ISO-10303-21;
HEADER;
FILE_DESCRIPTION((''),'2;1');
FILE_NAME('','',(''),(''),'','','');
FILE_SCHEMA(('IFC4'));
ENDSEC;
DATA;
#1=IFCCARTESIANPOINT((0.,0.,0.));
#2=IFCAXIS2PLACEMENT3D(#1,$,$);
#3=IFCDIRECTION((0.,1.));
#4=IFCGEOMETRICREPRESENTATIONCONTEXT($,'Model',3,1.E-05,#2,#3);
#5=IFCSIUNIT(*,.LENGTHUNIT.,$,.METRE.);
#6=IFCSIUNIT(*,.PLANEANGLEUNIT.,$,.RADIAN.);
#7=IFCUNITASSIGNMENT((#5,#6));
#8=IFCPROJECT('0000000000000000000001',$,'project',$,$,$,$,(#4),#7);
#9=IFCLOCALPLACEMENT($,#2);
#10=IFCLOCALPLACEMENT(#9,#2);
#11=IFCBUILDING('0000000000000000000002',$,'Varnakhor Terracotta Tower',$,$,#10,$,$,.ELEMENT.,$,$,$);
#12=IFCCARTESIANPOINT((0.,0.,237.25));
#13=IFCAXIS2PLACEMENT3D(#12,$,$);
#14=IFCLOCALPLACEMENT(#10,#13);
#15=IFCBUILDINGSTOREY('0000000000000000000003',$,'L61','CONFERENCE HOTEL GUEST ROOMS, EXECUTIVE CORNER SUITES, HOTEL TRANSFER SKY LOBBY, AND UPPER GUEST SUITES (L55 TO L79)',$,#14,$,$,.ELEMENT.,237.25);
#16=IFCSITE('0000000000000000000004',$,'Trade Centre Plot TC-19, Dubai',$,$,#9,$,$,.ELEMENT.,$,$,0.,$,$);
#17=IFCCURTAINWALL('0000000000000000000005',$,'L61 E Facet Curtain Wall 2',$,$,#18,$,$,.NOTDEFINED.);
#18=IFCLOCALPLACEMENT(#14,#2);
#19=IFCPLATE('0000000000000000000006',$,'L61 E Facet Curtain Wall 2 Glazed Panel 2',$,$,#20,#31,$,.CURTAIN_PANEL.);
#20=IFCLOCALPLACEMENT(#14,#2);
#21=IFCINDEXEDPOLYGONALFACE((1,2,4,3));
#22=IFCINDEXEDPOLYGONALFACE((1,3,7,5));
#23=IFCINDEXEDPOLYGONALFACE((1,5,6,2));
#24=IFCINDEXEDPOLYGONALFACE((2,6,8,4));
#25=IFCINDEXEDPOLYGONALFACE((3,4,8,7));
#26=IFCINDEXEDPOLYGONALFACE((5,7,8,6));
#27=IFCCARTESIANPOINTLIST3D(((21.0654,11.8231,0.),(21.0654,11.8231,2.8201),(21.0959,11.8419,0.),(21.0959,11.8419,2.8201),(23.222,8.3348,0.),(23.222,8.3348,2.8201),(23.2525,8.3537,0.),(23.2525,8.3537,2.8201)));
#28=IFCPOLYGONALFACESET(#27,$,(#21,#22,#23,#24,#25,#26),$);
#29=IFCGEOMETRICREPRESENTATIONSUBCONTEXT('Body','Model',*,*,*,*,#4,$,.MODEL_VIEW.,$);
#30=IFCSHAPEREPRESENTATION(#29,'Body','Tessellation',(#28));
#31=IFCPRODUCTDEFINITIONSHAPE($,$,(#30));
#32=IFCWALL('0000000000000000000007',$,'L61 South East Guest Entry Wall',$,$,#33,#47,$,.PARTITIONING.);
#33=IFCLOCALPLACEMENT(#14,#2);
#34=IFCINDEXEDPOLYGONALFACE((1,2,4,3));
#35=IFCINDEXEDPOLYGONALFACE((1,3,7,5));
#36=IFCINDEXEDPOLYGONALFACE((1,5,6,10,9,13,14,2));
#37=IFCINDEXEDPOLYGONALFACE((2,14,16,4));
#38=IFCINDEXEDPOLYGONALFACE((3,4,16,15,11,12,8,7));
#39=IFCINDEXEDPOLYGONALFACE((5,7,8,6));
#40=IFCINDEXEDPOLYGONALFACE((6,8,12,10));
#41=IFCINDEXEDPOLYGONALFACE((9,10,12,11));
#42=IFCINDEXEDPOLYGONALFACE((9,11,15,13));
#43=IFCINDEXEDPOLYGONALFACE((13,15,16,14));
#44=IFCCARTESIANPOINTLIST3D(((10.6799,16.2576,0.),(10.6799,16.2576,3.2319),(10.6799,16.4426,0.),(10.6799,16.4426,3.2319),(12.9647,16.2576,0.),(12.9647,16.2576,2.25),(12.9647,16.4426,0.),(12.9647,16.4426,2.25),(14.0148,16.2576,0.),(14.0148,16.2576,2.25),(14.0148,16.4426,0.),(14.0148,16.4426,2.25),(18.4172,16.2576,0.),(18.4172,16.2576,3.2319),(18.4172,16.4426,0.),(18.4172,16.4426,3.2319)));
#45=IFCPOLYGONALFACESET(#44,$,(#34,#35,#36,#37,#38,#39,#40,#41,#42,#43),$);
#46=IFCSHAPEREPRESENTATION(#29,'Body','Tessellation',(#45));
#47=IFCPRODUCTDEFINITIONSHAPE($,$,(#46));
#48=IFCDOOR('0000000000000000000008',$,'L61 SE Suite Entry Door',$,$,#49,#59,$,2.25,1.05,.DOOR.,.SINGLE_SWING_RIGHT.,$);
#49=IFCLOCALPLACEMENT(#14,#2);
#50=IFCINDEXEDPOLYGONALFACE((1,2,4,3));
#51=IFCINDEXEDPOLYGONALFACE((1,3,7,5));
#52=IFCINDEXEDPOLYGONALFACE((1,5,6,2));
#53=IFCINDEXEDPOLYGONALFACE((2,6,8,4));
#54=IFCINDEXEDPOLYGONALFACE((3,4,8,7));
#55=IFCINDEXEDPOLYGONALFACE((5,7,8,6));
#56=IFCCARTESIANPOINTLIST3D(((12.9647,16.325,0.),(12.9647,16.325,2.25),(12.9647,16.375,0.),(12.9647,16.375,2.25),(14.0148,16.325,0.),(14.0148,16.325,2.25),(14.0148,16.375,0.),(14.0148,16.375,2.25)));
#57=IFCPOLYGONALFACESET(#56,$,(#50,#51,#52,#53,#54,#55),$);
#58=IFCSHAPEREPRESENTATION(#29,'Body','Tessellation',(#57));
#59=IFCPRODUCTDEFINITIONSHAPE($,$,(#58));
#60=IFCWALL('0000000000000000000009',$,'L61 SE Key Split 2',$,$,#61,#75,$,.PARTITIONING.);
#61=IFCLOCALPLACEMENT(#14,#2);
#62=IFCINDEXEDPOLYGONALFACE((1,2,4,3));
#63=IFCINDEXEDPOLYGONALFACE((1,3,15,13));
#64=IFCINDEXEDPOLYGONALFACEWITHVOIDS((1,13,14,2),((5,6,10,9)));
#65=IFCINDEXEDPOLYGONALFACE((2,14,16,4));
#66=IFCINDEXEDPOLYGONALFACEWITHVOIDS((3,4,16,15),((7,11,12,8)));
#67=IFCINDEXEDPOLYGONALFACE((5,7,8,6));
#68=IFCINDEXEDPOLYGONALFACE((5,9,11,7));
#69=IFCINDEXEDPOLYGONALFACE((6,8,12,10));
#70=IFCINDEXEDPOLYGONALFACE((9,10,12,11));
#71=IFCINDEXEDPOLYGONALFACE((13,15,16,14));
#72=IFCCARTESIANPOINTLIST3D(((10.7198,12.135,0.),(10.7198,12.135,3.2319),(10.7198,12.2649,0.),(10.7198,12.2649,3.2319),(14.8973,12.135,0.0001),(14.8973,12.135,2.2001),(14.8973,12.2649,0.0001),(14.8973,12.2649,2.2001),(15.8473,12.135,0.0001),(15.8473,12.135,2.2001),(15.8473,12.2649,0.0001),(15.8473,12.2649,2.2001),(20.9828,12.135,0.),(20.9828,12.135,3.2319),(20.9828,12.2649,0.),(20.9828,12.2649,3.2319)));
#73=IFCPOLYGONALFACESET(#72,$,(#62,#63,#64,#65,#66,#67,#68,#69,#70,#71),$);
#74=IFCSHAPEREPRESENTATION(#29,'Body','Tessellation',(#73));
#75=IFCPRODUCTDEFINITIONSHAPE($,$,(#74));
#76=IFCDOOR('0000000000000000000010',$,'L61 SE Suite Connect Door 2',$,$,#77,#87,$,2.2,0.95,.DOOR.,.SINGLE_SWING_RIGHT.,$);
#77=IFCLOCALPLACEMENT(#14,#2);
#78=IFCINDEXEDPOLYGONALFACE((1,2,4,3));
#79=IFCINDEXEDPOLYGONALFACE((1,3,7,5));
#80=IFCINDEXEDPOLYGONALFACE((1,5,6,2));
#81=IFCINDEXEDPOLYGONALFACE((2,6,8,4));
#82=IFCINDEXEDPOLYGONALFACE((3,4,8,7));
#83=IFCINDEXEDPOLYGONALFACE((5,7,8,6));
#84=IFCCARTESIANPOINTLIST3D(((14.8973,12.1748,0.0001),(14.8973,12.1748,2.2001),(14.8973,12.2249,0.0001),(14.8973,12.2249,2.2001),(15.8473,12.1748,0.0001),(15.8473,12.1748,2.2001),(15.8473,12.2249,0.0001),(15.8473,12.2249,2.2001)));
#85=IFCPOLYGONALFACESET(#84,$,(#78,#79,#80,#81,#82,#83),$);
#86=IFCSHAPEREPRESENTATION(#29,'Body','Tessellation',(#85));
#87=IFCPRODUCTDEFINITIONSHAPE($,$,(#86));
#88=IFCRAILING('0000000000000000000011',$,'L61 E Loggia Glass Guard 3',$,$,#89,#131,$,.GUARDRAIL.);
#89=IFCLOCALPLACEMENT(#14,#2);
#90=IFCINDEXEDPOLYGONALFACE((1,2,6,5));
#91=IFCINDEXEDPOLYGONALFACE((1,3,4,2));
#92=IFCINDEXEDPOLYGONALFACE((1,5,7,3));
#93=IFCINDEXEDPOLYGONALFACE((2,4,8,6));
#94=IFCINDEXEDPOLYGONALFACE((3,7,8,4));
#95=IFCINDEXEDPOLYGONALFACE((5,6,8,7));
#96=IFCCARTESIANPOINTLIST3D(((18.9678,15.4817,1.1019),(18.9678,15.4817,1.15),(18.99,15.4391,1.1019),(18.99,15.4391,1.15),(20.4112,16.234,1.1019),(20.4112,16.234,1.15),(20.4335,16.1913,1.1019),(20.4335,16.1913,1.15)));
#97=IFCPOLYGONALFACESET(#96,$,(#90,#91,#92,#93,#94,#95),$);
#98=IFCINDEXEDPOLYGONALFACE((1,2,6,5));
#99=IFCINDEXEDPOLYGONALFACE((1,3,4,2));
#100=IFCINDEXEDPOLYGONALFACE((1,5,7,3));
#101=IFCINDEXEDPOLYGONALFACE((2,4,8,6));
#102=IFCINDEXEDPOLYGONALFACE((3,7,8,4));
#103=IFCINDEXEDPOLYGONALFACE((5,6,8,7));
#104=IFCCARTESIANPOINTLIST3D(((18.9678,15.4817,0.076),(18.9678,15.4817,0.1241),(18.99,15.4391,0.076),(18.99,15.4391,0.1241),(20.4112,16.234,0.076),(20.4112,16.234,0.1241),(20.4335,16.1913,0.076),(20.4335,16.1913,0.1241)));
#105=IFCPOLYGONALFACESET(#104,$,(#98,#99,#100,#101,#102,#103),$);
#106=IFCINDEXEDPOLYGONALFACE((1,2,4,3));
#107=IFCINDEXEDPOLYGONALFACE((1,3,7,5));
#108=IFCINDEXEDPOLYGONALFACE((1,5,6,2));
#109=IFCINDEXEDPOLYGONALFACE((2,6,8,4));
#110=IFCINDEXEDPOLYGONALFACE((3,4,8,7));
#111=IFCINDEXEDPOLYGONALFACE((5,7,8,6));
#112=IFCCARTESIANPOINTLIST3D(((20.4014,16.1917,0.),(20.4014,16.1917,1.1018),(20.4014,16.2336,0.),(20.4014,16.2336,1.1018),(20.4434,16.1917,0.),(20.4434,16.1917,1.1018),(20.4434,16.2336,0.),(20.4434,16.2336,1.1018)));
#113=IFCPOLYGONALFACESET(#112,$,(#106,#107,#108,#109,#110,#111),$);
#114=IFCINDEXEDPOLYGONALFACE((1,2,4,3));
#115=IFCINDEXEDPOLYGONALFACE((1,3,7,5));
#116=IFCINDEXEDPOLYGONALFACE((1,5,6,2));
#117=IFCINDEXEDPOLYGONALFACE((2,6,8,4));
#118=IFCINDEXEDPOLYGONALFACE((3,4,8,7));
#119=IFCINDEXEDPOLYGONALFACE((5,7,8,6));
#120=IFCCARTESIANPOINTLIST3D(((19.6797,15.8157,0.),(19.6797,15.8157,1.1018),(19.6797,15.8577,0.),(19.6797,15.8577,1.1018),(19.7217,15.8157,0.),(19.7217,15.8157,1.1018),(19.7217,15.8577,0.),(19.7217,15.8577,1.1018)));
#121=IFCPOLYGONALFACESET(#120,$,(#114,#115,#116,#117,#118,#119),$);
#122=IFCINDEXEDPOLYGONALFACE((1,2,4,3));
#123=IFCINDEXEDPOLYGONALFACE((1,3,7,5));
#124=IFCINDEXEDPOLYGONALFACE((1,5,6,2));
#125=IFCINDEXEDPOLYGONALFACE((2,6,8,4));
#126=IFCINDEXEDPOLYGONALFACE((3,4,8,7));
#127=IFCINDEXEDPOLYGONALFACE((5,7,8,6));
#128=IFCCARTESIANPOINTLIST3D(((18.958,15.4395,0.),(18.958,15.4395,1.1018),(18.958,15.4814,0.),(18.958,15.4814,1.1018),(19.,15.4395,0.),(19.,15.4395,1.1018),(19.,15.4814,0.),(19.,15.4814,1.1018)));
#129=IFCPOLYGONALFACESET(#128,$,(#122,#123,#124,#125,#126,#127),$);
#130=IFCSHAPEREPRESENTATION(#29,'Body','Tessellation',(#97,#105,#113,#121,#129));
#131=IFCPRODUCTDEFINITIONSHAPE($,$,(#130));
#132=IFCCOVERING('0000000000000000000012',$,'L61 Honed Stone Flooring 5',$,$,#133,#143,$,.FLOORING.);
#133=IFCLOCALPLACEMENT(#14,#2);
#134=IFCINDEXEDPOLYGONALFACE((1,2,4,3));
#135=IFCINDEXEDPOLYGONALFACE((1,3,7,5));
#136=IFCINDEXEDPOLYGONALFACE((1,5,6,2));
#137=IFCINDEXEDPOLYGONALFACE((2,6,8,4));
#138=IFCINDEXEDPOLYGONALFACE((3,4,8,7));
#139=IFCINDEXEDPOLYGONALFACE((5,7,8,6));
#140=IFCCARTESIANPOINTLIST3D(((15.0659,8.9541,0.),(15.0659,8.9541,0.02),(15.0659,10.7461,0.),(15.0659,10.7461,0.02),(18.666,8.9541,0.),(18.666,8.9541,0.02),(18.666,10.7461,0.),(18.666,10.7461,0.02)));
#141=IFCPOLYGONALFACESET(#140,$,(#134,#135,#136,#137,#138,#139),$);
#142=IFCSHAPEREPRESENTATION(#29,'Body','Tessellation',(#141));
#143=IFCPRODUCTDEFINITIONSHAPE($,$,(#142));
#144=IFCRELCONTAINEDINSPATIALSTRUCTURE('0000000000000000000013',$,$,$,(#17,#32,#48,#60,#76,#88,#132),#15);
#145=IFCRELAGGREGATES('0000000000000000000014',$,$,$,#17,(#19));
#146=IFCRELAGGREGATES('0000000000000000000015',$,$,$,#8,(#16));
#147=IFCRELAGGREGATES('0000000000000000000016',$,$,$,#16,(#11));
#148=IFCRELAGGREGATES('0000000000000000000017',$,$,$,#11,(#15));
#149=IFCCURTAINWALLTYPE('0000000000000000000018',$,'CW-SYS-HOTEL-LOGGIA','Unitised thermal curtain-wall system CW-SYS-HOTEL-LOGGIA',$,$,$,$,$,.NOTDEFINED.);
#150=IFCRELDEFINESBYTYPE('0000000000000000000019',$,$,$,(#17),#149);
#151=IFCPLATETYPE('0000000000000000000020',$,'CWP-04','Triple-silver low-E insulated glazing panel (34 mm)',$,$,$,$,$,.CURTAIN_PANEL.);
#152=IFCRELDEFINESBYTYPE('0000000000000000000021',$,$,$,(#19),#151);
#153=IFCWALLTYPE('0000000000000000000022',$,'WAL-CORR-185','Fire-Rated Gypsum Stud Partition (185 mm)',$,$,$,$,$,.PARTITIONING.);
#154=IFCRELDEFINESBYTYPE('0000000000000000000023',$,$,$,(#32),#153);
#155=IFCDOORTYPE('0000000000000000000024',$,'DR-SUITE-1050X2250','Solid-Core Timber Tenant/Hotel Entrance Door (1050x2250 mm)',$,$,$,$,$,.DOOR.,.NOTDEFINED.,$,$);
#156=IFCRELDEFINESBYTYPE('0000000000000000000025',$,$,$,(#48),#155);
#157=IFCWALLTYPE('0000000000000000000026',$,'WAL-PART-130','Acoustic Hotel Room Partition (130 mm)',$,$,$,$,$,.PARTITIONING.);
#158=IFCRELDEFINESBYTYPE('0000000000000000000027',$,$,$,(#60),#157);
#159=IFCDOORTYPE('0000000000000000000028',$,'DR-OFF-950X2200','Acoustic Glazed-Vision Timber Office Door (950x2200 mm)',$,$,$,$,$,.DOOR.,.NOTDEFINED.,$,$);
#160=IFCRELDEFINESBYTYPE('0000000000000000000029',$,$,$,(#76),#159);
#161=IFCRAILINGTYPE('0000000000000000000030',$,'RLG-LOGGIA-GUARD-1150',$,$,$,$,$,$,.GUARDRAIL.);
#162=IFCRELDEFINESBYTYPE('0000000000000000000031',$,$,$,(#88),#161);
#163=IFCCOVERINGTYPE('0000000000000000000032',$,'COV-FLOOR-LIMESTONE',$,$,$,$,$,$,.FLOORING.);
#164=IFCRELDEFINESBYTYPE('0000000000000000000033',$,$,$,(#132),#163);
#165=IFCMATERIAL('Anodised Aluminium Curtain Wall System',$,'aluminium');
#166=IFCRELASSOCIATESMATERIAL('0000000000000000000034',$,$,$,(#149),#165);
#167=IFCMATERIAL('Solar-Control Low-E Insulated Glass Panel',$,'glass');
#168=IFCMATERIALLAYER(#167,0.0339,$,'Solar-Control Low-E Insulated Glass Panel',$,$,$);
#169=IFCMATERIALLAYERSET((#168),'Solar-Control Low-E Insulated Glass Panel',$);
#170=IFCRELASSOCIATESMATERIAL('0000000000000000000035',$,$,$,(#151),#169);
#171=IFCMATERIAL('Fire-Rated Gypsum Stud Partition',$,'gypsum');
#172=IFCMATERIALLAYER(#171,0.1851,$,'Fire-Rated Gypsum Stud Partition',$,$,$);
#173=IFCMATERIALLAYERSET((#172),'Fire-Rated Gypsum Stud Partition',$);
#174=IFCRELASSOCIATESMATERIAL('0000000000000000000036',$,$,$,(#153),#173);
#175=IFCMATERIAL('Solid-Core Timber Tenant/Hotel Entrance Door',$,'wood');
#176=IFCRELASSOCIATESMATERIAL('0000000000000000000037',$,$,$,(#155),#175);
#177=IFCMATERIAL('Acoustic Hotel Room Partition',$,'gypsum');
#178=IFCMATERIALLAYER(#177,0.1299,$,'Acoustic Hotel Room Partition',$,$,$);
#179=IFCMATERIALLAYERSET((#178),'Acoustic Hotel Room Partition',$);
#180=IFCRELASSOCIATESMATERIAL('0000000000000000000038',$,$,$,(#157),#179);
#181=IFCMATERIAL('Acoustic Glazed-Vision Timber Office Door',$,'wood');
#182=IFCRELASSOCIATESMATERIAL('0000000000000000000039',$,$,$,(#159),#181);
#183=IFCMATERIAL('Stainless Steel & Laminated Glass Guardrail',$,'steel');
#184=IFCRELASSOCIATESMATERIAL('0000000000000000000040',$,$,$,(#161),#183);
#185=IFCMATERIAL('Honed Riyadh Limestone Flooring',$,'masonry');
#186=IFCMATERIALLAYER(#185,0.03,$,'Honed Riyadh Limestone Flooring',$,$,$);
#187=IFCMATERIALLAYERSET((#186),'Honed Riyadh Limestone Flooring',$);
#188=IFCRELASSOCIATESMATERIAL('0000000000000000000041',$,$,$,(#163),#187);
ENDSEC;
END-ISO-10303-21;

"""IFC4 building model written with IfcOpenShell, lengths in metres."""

from ifc_helpers import new_model, si_unit, direction, frame, frame_2d, origin, origin_2d, place, context, subcontext, project, spatial, rectangle, extrude, source, transform, mapped, material, layer, layer_set, type_object, type_shapes, element, fill, aggregate, save


model = new_model("IFC4")

# Units and contexts
model_context = context("Model", 3, precision=1e-05, world=origin(), true_north=direction((0.0, 1.0)))
body_context = subcontext(model_context, "Body", "Model", "MODEL_VIEW")
ifc_project = project(units=[si_unit("LENGTHUNIT", "METRE"), si_unit("PLANEANGLEUNIT", "RADIAN")], contexts=[model_context])

# Site, building, storey
site_placement = place(None, origin())
site = spatial("IfcSite", under=ifc_project, at=site_placement, Name="Trade Centre Plot TC-19, Dubai", CompositionType="ELEMENT", RefElevation=0.0)
building_placement = place(site_placement, origin())
building = spatial("IfcBuilding", under=site, at=building_placement, Name="Varnakhor Terracotta Tower", CompositionType="ELEMENT")
storey_placement = place(building_placement, frame((0.0, 0.0, 237.25)))
storey = spatial("IfcBuildingStorey", under=building, at=storey_placement, Name="L61", Description="CONFERENCE HOTEL GUEST ROOMS, EXECUTIVE CORNER SUITES, HOTEL TRANSFER SKY LOBBY, AND UPPER GUEST SUITES (L55 TO L79)", CompositionType="ELEMENT", Elevation=237.25)

# Curtain wall
ifc_material_1 = material(Name="Anodised Aluminium Curtain Wall System", Category="aluminium")
curtain_wall_type = type_object("IfcCurtainWallType", Name="CW-SYS-HOTEL-LOGGIA", Description="Unitised thermal curtain-wall system CW-SYS-HOTEL-LOGGIA", PredefinedType="NOTDEFINED", material=ifc_material_1)
curtain_wall_placement = place(storey_placement, origin())
curtain_wall = element("IfcCurtainWall", 1, at=curtain_wall_placement, inside=storey, type_object=curtain_wall_type, Name="L61 E Facet Curtain Wall 2", PredefinedType="NOTDEFINED")

# Plate
ifc_material_2 = material(Name="Solar-Control Low-E Insulated Glass Panel", Category="glass")
ifc_layer_1 = layer(ifc_material_2, 0.0339, Name="Solar-Control Low-E Insulated Glass Panel")
ifc_layer_set_1 = layer_set([ifc_layer_1], Name="Solar-Control Low-E Insulated Glass Panel")
plate_type = type_object("IfcPlateType", Name="CWP-04", Description="Triple-silver low-E insulated glazing panel (34 mm)", PredefinedType="CURTAIN_PANEL", material=ifc_layer_set_1)
shared_shape_1 = source(origin(), body_context, "Body", "SweptSolid", [
    extrude(rectangle(XDim=4.1011, YDim=0.0359, at=origin_2d()), origin(), (0.0, 0.0, 1.0), 2.8201),
])
plate_1_placement = place(storey_placement, frame((22.1589, 10.0884, 0.0), z_axis=(0.0, 0.0, 1.0), x_axis=(0.525858, -0.850573, 0.0)))
plate_1 = element("IfcPlate", 2, at=plate_1_placement, type_object=plate_type, Name="L61 E Facet Curtain Wall 2 Glazed Panel 2", PredefinedType="CURTAIN_PANEL", context=body_context, shape_type="MappedRepresentation", body=[
    mapped(shared_shape_1, transform((0.0, 0.0, 0.0), scale=1.0)),
])
aggregate(curtain_wall, [plate_1])

# Walls, openings, doors
ifc_material_3 = material(Name="Fire-Rated Gypsum Stud Partition", Category="gypsum")
ifc_layer_2 = layer(ifc_material_3, 0.1851, Name="Fire-Rated Gypsum Stud Partition")
ifc_layer_set_2 = layer_set([ifc_layer_2], Name="Fire-Rated Gypsum Stud Partition")
wall_type_1 = type_object("IfcWallType", Name="WAL-CORR-185", Description="Fire-Rated Gypsum Stud Partition (185 mm)", PredefinedType="PARTITIONING", material=ifc_layer_set_2)
wall_1_placement = place(storey_placement, frame((10.6799, 16.3501, 0.0), z_axis=(0.0, 0.0, 1.0), x_axis=(1.0, 0.0, 0.0)))
wall_1 = element("IfcWall", 3, at=wall_1_placement, inside=storey, type_object=wall_type_1, Name="L61 South East Guest Entry Wall", PredefinedType="PARTITIONING", context=body_context, shape_type="SweptSolid", body=[
    extrude(rectangle(XDim=7.7373, YDim=0.1851, at=frame_2d((3.8687, 0.0))), origin(), (0.0, 0.0, 1.0), 3.2319),
])
opening_1_placement = place(wall_1_placement, frame((2.2849, 0.0, 0.0)))
opening_1 = element("IfcOpeningElement", 4, at=opening_1_placement, cuts=wall_1, PredefinedType="OPENING", context=body_context, shape_type="SweptSolid", body=[
    extrude(rectangle(XDim=1.05, YDim=2.25, at=frame_2d((0.5249, 1.125))), frame((0.0, 0.1025, 0.0), z_axis=(0.0, -1.0, 0.0), x_axis=(1.0, 0.0, 0.0)), (0.0, 0.0, 1.0), 0.2051),
])
ifc_material_4 = material(Name="Solid-Core Timber Tenant/Hotel Entrance Door", Category="wood")
door_type_1 = type_object("IfcDoorType", Name="DR-SUITE-1050X2250", Description="Solid-Core Timber Tenant/Hotel Entrance Door (1050x2250 mm)", OperationType="NOTDEFINED", PredefinedType="DOOR", material=ifc_material_4)
shared_shape_2 = source(origin(), body_context, "Body", "SweptSolid", [
    extrude(rectangle(XDim=1.05, YDim=2.25, at=frame_2d((0.5249, 1.125))), frame((0.0, 0.0249, 0.0), z_axis=(0.0, -1.0, 0.0), x_axis=(1.0, 0.0, 0.0)), (0.0, 0.0, 1.0), 0.05),
])
type_shapes(door_type_1, [shared_shape_2])
door_1_placement = place(opening_1_placement, origin())
door_1 = element("IfcDoor", 5, at=door_1_placement, inside=storey, type_object=door_type_1, Name="L61 SE Suite Entry Door", OperationType="SINGLE_SWING_RIGHT", OverallHeight=2.25, OverallWidth=1.05, PredefinedType="DOOR", context=body_context, shape_type="MappedRepresentation", body=[
    mapped(shared_shape_2, transform((0.0, 0.0, 0.0), scale=1.0)),
])
fill(opening_1, door_1)
ifc_material_5 = material(Name="Acoustic Hotel Room Partition", Category="gypsum")
ifc_layer_3 = layer(ifc_material_5, 0.1299, Name="Acoustic Hotel Room Partition")
ifc_layer_set_3 = layer_set([ifc_layer_3], Name="Acoustic Hotel Room Partition")
wall_type_2 = type_object("IfcWallType", Name="WAL-PART-130", Description="Acoustic Hotel Room Partition (130 mm)", PredefinedType="PARTITIONING", material=ifc_layer_set_3)
wall_2_placement = place(storey_placement, frame((10.72, 12.2, 0.0), z_axis=(0.0, 0.0, 1.0), x_axis=(1.0, 0.0, 0.0)))
wall_2 = element("IfcWall", 6, at=wall_2_placement, inside=storey, type_object=wall_type_2, Name="L61 SE Key Split 2", PredefinedType="PARTITIONING", context=body_context, shape_type="SweptSolid", body=[
    extrude(rectangle(XDim=10.2629, YDim=0.1299, at=frame_2d((5.1313, 0.0))), origin(), (0.0, 0.0, 1.0), 3.2319),
])
opening_2_placement = place(wall_2_placement, frame((4.1772, 0.0, 0.0)))
opening_2 = element("IfcOpeningElement", 7, at=opening_2_placement, cuts=wall_2, PredefinedType="OPENING", context=body_context, shape_type="SweptSolid", body=[
    extrude(rectangle(XDim=0.95, YDim=2.2, at=frame_2d((0.4751, 1.1001))), frame((0.0, 0.075, 0.0), z_axis=(0.0, -1.0, 0.0), x_axis=(1.0, 0.0, 0.0)), (0.0, 0.0, 1.0), 0.1499),
])
ifc_material_6 = material(Name="Acoustic Glazed-Vision Timber Office Door", Category="wood")
door_type_2 = type_object("IfcDoorType", Name="DR-OFF-950X2200", Description="Acoustic Glazed-Vision Timber Office Door (950x2200 mm)", OperationType="NOTDEFINED", PredefinedType="DOOR", material=ifc_material_6)
shared_shape_3 = source(origin(), body_context, "Body", "SweptSolid", [
    extrude(rectangle(XDim=0.95, YDim=2.2, at=frame_2d((0.4751, 1.1001))), frame((0.0, 0.0249, 0.0), z_axis=(0.0, -1.0, 0.0), x_axis=(1.0, 0.0, 0.0)), (0.0, 0.0, 1.0), 0.05),
])
type_shapes(door_type_2, [shared_shape_3])
door_2_placement = place(opening_2_placement, origin())
door_2 = element("IfcDoor", 8, at=door_2_placement, inside=storey, type_object=door_type_2, Name="L61 SE Suite Connect Door 2", OperationType="SINGLE_SWING_RIGHT", OverallHeight=2.2, OverallWidth=0.95, PredefinedType="DOOR", context=body_context, shape_type="MappedRepresentation", body=[
    mapped(shared_shape_3, transform((0.0, 0.0, 0.0), scale=1.0)),
])
fill(opening_2, door_2)

# Railing
ifc_material_7 = material(Name="Stainless Steel & Laminated Glass Guardrail", Category="steel")
railing_type = type_object("IfcRailingType", Name="RLG-LOGGIA-GUARD-1150", PredefinedType="GUARDRAIL", material=ifc_material_7)
railing_placement = place(storey_placement, frame((20.4224, 16.2126, 0.0)))
element("IfcRailing", 9, at=railing_placement, inside=storey, type_object=railing_type, Name="L61 E Loggia Glass Guard 3", PredefinedType="GUARDRAIL", context=body_context, shape_type="SweptSolid", body=[
    extrude(rectangle(XDim=0.0481, YDim=0.0481, at=origin_2d()), frame((0.0, 0.0, 1.126), z_axis=(-0.886801, -0.462151, 0.0), x_axis=(0.462151, -0.886801, 0.0)), (0.0, 0.0, 1.0), 1.6277),
    extrude(rectangle(XDim=0.0481, YDim=0.0481, at=origin_2d()), frame((0.0, 0.0, 0.1001), z_axis=(-0.886801, -0.462151, 0.0), x_axis=(0.462151, -0.886801, 0.0)), (0.0, 0.0, 1.0), 1.6277),
    extrude(rectangle(XDim=0.042, YDim=0.042, at=origin_2d()), origin(), (0.0, 0.0, 1.0), 1.1018),
    extrude(rectangle(XDim=0.042, YDim=0.042, at=origin_2d()), frame((-0.7217, -0.376, 0.0)), (0.0, 0.0, 1.0), 1.1018),
    extrude(rectangle(XDim=0.042, YDim=0.042, at=origin_2d()), frame((-1.4434, -0.7522, 0.0)), (0.0, 0.0, 1.0), 1.1018),
])

# Covering
ifc_material_8 = material(Name="Honed Riyadh Limestone Flooring", Category="masonry")
ifc_layer_4 = layer(ifc_material_8, 0.03, Name="Honed Riyadh Limestone Flooring")
ifc_layer_set_4 = layer_set([ifc_layer_4], Name="Honed Riyadh Limestone Flooring")
covering_type = type_object("IfcCoveringType", Name="COV-FLOOR-LIMESTONE", PredefinedType="FLOORING", material=ifc_layer_set_4)
shared_shape_4 = source(origin(), body_context, "Body", "SweptSolid", [
    extrude(rectangle(XDim=3.6001, YDim=1.792, at=origin_2d()), origin(), (0.0, 0.0, 1.0), 0.02),
])
covering_placement = place(storey_placement, frame((16.866, 9.8501, 0.0), z_axis=(0.0, 0.0, 1.0), x_axis=(1.0, 0.0, 0.0)))
element("IfcCovering", 10, at=covering_placement, inside=storey, type_object=covering_type, Name="L61 Honed Stone Flooring 5", PredefinedType="FLOORING", context=body_context, shape_type="MappedRepresentation", body=[
    mapped(shared_shape_4, transform((0.0, 0.0, 0.0), scale=1.0)),
])

save(model, "model.ifc")
